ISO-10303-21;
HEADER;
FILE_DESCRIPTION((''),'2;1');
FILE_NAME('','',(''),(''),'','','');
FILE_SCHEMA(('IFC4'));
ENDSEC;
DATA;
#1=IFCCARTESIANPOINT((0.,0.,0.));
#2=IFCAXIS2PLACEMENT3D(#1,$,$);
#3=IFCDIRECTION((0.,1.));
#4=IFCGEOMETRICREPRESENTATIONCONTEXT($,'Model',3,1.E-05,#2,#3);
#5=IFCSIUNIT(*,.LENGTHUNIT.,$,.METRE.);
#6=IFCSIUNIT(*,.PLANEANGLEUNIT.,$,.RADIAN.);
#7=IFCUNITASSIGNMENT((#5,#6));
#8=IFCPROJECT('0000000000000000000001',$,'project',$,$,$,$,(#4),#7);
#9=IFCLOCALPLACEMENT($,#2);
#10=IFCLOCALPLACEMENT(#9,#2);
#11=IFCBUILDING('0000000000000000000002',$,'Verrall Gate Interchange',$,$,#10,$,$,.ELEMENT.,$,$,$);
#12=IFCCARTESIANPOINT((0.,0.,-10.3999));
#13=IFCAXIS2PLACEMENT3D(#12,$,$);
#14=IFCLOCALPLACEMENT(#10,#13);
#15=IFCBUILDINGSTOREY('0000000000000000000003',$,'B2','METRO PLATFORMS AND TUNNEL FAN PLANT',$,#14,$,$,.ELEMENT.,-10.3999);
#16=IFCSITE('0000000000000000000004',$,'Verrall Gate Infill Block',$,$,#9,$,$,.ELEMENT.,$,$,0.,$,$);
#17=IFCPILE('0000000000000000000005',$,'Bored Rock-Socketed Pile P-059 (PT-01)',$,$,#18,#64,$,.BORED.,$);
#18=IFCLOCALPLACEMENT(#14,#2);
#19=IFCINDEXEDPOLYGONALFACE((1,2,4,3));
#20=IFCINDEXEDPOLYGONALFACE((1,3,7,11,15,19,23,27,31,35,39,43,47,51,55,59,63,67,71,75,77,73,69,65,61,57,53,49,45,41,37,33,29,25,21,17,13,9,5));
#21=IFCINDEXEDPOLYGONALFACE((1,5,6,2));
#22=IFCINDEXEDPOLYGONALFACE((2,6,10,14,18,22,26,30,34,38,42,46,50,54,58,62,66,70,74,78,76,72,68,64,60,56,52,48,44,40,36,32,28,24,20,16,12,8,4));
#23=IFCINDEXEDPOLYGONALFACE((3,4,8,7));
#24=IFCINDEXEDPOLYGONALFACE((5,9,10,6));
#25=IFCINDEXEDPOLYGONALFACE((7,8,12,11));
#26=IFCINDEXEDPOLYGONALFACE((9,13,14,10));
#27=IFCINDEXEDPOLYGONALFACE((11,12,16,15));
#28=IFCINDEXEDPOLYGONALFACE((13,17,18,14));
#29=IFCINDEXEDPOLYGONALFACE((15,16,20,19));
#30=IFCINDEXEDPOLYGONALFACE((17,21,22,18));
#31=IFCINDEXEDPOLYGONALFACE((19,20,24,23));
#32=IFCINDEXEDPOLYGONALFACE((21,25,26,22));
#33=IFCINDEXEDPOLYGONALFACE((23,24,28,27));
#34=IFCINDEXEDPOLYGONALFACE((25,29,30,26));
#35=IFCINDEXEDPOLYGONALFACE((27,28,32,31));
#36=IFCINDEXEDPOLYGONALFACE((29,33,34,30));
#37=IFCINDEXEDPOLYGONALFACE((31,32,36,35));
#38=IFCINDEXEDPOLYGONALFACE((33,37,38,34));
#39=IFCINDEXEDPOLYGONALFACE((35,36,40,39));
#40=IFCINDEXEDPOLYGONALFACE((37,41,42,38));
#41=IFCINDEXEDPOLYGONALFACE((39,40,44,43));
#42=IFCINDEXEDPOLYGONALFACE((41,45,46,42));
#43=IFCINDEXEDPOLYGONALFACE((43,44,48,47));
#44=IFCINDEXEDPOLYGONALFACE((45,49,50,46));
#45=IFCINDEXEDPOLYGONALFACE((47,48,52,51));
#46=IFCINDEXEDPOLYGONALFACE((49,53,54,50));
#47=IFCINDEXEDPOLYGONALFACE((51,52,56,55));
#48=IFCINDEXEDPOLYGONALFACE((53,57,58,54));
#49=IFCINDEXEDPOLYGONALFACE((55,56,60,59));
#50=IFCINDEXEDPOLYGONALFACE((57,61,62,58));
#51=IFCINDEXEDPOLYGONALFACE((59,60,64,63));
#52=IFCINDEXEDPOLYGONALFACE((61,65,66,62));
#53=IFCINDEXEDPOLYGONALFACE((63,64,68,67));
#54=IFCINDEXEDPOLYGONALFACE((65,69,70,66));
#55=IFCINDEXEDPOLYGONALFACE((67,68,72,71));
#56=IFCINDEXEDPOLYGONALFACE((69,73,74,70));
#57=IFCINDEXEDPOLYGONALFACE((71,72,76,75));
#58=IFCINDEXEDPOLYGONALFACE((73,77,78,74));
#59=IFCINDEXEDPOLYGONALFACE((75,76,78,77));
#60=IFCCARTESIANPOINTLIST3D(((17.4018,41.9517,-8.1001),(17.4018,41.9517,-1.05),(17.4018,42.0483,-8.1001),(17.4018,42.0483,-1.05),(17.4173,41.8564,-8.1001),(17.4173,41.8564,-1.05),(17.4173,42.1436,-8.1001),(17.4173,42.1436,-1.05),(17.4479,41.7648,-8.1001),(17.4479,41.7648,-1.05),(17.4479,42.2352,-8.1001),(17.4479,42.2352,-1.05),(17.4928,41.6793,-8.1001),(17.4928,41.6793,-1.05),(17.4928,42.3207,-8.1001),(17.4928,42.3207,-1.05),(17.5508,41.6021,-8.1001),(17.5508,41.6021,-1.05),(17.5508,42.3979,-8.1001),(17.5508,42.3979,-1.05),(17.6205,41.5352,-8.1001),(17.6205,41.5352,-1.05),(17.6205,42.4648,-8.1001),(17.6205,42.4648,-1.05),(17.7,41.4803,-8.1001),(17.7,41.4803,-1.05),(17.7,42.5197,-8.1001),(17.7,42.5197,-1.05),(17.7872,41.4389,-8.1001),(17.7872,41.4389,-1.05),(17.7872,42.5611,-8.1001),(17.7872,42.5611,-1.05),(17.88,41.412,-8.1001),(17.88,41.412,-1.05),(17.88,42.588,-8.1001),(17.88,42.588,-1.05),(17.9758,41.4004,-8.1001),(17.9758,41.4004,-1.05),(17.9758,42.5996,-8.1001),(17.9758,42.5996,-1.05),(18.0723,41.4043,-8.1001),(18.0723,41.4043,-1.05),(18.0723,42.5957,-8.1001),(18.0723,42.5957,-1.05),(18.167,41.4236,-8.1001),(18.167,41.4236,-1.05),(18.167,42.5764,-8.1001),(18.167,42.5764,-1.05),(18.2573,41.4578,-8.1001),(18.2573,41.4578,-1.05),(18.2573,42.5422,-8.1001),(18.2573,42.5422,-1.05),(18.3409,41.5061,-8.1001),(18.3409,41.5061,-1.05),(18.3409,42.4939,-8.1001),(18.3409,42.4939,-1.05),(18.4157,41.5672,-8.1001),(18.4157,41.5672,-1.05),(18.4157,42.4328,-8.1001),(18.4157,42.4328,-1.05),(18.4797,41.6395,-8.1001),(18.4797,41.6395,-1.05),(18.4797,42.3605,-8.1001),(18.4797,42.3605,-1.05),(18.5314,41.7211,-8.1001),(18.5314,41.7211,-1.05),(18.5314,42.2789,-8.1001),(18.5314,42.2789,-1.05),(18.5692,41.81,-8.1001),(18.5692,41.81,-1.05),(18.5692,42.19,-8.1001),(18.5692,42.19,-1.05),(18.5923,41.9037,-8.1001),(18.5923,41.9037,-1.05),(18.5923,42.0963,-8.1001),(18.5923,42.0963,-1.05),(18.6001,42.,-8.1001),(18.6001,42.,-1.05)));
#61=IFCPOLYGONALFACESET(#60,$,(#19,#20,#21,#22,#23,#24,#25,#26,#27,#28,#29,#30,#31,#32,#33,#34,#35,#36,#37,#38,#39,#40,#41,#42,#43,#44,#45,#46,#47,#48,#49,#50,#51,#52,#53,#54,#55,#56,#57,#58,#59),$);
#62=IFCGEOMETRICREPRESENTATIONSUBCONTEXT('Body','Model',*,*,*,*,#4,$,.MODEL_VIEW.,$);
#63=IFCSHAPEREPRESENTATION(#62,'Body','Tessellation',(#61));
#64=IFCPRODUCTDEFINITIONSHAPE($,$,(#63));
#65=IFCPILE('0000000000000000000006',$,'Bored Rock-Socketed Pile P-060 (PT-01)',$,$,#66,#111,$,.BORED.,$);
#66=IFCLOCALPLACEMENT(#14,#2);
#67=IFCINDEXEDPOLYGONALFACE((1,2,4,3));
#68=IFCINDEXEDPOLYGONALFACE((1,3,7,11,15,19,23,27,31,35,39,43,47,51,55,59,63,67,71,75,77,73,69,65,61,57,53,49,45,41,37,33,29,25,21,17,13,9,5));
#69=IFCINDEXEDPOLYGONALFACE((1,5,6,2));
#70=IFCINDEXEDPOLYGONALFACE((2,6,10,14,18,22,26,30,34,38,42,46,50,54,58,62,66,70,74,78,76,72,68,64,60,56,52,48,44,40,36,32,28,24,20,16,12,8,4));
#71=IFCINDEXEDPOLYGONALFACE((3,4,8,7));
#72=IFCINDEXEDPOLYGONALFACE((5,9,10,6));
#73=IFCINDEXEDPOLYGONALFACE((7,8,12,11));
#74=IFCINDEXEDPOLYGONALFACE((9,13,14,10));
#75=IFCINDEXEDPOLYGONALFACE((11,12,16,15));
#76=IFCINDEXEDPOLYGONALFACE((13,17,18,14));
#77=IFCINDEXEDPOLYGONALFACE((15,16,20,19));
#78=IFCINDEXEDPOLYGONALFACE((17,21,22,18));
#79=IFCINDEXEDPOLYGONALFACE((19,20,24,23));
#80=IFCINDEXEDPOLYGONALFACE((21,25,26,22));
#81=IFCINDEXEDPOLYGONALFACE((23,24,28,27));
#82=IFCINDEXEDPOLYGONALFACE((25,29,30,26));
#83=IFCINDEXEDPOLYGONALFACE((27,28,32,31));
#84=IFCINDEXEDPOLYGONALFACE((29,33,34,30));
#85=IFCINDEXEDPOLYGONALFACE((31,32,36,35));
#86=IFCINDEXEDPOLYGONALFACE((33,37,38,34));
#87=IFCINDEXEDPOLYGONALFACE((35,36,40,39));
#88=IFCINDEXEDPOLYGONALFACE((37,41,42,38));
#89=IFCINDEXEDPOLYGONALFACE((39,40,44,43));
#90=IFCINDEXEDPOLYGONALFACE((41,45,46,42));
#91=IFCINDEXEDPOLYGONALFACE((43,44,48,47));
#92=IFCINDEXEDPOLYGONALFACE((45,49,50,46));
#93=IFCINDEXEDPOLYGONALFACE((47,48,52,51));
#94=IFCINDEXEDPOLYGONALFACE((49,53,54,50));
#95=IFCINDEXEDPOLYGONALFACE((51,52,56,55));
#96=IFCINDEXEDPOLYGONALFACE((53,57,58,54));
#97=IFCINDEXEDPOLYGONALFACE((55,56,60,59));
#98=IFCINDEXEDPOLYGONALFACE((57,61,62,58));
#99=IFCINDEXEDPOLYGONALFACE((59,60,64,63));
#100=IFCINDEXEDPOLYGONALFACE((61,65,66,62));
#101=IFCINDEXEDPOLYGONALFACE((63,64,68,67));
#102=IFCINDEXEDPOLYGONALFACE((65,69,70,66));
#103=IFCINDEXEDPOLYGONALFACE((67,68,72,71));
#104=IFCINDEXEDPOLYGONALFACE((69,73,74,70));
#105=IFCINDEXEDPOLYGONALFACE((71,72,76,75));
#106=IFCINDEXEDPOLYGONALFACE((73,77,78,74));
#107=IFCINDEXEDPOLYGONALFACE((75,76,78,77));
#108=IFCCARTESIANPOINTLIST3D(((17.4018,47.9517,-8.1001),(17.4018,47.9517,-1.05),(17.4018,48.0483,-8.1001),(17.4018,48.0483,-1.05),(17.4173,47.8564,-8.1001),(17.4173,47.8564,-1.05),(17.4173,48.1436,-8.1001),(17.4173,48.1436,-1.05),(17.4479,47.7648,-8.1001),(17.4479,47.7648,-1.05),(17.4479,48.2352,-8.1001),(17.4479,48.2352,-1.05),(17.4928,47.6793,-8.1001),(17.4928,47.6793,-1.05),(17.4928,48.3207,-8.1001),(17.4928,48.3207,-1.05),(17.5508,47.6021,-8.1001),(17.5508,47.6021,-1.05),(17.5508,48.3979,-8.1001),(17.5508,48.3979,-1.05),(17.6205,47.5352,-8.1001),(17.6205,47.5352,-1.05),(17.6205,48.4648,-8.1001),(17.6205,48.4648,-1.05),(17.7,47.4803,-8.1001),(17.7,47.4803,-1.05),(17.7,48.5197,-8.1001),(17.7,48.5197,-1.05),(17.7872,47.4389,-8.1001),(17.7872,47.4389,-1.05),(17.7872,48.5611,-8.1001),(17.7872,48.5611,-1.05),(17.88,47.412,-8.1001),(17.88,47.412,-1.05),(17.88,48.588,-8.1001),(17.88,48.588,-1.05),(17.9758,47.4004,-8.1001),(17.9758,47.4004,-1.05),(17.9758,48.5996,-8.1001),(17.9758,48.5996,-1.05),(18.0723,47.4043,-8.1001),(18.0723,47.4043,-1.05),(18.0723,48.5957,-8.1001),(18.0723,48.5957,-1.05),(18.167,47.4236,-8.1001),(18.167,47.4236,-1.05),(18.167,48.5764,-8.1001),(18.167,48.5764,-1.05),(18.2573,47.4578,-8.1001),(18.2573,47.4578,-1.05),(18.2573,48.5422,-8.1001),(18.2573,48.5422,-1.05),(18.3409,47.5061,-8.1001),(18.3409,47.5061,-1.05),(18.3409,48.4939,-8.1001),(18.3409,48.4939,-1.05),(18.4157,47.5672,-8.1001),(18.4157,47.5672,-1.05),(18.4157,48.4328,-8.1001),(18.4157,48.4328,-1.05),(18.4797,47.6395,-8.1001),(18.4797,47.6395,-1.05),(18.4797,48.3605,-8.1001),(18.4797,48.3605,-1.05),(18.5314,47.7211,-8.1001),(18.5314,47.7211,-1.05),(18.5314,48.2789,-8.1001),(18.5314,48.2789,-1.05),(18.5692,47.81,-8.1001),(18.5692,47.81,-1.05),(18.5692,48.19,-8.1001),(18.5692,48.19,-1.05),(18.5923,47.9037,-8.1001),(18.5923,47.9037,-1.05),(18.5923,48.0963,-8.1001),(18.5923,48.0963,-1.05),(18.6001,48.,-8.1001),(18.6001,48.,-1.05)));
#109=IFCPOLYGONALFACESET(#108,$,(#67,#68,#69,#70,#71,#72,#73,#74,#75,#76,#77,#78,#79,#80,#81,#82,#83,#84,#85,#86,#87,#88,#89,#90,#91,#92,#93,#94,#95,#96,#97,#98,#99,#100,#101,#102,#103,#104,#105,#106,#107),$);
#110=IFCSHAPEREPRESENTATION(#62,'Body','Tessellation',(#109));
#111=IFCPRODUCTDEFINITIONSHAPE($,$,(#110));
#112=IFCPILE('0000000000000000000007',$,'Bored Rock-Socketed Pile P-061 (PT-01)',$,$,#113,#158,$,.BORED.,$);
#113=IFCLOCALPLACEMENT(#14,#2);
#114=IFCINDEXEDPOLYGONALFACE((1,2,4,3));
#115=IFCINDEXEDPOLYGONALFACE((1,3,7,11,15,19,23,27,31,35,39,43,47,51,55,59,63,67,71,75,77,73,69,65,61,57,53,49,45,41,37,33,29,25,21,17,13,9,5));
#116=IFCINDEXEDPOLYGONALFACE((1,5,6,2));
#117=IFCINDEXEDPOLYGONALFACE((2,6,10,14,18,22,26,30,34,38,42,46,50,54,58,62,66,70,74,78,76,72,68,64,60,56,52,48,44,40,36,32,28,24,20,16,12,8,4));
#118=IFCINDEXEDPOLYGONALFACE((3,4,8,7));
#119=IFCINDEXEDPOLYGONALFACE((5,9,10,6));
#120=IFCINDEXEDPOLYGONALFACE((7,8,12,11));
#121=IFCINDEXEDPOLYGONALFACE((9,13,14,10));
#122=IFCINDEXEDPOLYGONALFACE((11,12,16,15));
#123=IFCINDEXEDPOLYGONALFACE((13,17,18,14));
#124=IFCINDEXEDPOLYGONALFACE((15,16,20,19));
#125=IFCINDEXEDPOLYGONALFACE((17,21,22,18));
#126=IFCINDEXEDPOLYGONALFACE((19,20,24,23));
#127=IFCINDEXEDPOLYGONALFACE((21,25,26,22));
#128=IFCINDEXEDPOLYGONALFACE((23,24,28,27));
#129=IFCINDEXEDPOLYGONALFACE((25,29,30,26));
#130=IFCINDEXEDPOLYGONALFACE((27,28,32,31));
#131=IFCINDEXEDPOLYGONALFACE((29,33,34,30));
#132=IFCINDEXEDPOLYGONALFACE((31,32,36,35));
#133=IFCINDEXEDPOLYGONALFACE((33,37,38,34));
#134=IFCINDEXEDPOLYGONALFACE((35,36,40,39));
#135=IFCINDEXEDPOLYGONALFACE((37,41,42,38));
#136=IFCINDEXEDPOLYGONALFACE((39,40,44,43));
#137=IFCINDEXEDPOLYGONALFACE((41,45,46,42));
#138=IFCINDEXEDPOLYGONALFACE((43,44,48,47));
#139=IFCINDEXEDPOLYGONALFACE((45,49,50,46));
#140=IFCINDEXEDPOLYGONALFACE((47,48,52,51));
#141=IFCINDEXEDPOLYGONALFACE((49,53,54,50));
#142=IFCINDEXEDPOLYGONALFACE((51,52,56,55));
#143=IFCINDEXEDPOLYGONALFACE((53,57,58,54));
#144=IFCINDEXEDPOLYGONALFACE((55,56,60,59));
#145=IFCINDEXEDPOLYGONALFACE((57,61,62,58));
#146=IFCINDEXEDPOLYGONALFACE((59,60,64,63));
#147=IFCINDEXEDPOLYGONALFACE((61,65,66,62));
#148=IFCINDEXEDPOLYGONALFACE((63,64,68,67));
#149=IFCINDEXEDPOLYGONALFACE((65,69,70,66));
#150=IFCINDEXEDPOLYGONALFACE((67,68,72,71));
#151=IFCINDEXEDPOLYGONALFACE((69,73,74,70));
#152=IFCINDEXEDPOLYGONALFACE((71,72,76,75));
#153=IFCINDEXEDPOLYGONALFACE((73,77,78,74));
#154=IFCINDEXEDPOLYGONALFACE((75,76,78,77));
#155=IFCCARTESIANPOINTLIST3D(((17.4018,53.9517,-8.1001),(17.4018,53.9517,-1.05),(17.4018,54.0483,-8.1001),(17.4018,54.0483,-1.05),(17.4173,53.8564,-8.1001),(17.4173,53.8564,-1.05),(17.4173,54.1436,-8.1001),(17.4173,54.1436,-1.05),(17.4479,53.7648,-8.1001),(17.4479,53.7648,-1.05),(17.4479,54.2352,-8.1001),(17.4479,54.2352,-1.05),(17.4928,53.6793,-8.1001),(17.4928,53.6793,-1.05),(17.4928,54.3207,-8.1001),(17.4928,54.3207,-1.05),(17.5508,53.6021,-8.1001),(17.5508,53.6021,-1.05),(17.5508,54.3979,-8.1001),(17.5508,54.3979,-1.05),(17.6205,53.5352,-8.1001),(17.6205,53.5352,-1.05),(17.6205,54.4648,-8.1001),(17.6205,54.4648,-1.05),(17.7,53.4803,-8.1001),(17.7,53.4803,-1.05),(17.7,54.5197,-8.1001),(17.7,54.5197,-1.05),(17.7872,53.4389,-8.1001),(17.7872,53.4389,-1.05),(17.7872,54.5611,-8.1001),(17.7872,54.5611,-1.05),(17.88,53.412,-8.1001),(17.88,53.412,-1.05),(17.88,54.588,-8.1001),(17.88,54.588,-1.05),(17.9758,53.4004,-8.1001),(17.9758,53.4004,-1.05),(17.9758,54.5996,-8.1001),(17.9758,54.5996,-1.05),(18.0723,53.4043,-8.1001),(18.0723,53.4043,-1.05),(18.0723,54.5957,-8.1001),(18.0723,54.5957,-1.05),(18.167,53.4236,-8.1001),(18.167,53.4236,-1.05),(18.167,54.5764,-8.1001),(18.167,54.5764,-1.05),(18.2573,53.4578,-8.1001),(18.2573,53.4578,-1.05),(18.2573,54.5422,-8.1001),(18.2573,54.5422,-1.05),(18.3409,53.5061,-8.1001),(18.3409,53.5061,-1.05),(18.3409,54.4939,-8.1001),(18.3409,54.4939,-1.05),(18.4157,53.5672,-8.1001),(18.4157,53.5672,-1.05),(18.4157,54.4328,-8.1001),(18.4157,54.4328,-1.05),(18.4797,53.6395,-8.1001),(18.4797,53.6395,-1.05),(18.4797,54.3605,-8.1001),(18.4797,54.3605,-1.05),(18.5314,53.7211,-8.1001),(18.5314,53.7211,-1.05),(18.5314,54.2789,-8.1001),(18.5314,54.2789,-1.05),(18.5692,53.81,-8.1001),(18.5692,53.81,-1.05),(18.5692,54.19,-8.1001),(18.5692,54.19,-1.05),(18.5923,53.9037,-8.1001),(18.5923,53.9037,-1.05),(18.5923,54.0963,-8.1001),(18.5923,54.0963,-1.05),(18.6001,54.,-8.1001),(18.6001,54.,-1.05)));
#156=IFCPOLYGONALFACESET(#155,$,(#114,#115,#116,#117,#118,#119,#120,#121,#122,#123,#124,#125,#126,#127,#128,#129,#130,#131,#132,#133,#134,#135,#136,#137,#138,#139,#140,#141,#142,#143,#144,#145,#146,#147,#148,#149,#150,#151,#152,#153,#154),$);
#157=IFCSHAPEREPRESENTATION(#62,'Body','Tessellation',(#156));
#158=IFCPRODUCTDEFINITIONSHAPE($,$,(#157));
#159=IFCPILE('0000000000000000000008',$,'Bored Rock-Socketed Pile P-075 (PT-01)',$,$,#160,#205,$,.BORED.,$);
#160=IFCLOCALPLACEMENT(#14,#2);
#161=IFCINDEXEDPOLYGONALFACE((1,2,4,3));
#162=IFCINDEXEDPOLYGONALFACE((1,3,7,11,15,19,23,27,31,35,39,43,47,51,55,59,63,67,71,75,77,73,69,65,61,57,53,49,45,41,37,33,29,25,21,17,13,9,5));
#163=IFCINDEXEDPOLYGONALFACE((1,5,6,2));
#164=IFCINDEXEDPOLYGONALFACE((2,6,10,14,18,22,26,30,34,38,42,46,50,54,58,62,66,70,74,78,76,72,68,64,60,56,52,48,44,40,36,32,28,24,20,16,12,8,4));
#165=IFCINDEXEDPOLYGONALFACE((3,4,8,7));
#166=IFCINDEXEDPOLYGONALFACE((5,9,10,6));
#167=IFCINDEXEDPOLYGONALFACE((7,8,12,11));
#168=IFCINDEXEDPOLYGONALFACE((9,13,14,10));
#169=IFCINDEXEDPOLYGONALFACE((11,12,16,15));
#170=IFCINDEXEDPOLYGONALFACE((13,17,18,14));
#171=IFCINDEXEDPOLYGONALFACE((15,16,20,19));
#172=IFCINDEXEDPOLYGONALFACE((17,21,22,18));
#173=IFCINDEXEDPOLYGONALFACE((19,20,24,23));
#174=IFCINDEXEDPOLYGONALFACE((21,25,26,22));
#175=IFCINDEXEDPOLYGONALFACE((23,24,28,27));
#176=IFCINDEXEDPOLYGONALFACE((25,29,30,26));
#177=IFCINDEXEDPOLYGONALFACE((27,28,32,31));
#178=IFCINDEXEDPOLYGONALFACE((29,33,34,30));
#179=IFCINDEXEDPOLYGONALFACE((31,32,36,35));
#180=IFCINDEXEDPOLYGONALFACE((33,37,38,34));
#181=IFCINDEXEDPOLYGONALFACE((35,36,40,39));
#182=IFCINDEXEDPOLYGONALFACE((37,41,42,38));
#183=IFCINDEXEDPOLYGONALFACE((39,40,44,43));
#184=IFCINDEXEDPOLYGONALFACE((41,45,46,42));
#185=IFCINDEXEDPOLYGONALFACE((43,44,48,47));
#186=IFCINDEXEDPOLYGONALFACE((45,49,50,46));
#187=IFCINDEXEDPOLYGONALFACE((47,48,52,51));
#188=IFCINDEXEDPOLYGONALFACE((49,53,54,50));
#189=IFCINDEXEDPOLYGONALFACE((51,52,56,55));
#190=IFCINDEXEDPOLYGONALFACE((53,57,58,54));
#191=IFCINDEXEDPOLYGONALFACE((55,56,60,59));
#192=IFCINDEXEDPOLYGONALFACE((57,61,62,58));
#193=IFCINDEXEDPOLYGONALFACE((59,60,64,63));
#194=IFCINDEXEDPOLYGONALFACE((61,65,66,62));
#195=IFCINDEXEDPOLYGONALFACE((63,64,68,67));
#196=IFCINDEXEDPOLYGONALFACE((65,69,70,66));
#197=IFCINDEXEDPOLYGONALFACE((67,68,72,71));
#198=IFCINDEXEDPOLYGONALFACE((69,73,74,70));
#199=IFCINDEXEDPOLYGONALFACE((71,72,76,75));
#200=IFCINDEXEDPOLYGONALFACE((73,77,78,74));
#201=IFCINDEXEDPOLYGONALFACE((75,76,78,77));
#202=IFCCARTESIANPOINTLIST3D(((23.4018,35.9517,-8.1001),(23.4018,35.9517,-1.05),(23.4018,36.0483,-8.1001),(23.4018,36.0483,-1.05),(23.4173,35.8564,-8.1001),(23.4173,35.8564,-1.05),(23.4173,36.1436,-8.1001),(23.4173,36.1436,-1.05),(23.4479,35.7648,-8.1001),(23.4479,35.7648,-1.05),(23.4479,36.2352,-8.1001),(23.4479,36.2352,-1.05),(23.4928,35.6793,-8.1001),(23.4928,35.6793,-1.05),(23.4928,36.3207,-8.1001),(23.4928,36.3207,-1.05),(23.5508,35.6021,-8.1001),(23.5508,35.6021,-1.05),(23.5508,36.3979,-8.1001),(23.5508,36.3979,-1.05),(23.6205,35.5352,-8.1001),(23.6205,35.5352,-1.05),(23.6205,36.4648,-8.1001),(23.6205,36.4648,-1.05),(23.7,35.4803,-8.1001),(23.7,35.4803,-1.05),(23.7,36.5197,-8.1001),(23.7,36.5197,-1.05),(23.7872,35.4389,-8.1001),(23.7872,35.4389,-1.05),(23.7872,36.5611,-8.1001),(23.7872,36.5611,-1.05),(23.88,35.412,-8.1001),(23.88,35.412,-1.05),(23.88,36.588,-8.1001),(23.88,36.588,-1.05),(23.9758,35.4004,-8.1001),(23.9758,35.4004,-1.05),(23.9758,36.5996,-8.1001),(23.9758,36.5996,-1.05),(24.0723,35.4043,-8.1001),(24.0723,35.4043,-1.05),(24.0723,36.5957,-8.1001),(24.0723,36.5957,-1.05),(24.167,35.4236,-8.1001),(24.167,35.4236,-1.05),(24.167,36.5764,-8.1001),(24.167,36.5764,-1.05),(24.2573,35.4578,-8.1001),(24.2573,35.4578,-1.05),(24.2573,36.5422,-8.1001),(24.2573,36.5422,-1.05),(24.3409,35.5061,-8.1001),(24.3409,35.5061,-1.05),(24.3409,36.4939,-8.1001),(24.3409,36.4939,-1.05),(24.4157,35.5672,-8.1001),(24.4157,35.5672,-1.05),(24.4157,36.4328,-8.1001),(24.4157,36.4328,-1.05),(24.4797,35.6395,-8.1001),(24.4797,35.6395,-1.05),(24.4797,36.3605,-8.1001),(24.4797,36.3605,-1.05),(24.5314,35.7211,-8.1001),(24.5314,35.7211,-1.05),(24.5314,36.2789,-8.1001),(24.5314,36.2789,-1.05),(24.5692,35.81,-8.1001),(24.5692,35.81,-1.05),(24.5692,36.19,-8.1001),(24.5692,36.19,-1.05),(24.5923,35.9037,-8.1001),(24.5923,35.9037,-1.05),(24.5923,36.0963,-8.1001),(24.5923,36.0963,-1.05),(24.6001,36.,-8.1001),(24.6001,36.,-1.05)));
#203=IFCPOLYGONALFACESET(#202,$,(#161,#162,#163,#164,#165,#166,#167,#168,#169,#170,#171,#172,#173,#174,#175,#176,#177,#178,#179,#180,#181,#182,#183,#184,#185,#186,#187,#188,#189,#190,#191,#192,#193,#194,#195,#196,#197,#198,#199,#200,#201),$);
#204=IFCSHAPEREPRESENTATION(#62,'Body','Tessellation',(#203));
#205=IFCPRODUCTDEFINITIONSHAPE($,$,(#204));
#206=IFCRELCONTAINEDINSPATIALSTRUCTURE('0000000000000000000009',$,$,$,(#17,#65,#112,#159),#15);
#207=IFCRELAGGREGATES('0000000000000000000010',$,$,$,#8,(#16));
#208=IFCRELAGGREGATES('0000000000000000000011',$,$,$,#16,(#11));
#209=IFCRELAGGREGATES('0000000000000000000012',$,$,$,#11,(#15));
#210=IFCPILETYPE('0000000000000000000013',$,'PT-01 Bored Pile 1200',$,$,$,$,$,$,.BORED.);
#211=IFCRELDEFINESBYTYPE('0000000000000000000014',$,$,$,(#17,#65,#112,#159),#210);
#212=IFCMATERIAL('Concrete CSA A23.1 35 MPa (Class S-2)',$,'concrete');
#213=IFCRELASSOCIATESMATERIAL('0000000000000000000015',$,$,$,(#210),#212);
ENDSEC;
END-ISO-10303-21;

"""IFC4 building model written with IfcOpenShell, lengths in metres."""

from ifc_helpers import new_model, si_unit, direction, frame, origin, origin_2d, place, context, subcontext, project, spatial, circle, extrude, material, material_profile, profile_set, type_object, element, save


model = new_model("IFC4")

# Units and contexts
model_context = context("Model", 3, precision=1e-05, world=origin(), true_north=direction((0.0, 1.0)))
body_context = subcontext(model_context, "Body", "Model", "MODEL_VIEW")
ifc_project = project(units=[si_unit("LENGTHUNIT", "METRE"), si_unit("PLANEANGLEUNIT", "RADIAN")], contexts=[model_context])

# Site, building, storey
site_placement = place(None, origin())
site = spatial("IfcSite", under=ifc_project, at=site_placement, Name="Verrall Gate Infill Block", CompositionType="ELEMENT", RefElevation=0.0)
building_placement = place(site_placement, origin())
building = spatial("IfcBuilding", under=site, at=building_placement, Name="Verrall Gate Interchange", CompositionType="ELEMENT")
storey_placement = place(building_placement, frame((0.0, 0.0, -10.3999)))
storey = spatial("IfcBuildingStorey", under=building, at=storey_placement, Name="B2", Description="METRO PLATFORMS AND TUNNEL FAN PLANT", CompositionType="ELEMENT", Elevation=-10.3999)

# Piles
ifc_material_1 = material(Name="Concrete CSA A23.1 35 MPa (Class S-2)", Category="concrete")
ifc_material_profile_1 = material_profile(ifc_material_1, circle(Radius=0.6001, at=origin_2d()), Name="PILE1200D")
ifc_profile_set_1 = profile_set([ifc_material_profile_1], Name="Concrete CSA A23.1 35 MPa (Class S-2)")
pile_type = type_object("IfcPileType", Name="PT-01 Bored Pile 1200", PredefinedType="BORED", material=ifc_profile_set_1)
for number, where, z_axis, x_axis, name in (
    (1, (18.0, 42.0, -1.05), (0.0, 0.0, -1.0), (1.0, 0.0, 0.0), "Bored Rock-Socketed Pile P-059 (PT-01)"),
    (2, (18.0, 48.0, -1.05), (0.0, 0.0, -1.0), (1.0, 0.0, 0.0), "Bored Rock-Socketed Pile P-060 (PT-01)"),
    (3, (18.0, 54.0, -1.05), (0.0, 0.0, -1.0), (1.0, 0.0, 0.0), "Bored Rock-Socketed Pile P-061 (PT-01)"),
    (4, (24.0, 36.0, -1.05), (0.0, 0.0, -1.0), (1.0, 0.0, 0.0), "Bored Rock-Socketed Pile P-075 (PT-01)"),
):
    element("IfcPile", number, at=place(storey_placement, frame(where, z_axis=z_axis, x_axis=x_axis)), inside=storey, type_object=pile_type, Name=name, PredefinedType="BORED", context=body_context, shape_type="SweptSolid", body=[
        extrude(circle(Radius=0.6001, at=origin_2d()), origin(), (0.0, 0.0, 1.0), 7.05),
    ])

save(model, "model.ifc")
